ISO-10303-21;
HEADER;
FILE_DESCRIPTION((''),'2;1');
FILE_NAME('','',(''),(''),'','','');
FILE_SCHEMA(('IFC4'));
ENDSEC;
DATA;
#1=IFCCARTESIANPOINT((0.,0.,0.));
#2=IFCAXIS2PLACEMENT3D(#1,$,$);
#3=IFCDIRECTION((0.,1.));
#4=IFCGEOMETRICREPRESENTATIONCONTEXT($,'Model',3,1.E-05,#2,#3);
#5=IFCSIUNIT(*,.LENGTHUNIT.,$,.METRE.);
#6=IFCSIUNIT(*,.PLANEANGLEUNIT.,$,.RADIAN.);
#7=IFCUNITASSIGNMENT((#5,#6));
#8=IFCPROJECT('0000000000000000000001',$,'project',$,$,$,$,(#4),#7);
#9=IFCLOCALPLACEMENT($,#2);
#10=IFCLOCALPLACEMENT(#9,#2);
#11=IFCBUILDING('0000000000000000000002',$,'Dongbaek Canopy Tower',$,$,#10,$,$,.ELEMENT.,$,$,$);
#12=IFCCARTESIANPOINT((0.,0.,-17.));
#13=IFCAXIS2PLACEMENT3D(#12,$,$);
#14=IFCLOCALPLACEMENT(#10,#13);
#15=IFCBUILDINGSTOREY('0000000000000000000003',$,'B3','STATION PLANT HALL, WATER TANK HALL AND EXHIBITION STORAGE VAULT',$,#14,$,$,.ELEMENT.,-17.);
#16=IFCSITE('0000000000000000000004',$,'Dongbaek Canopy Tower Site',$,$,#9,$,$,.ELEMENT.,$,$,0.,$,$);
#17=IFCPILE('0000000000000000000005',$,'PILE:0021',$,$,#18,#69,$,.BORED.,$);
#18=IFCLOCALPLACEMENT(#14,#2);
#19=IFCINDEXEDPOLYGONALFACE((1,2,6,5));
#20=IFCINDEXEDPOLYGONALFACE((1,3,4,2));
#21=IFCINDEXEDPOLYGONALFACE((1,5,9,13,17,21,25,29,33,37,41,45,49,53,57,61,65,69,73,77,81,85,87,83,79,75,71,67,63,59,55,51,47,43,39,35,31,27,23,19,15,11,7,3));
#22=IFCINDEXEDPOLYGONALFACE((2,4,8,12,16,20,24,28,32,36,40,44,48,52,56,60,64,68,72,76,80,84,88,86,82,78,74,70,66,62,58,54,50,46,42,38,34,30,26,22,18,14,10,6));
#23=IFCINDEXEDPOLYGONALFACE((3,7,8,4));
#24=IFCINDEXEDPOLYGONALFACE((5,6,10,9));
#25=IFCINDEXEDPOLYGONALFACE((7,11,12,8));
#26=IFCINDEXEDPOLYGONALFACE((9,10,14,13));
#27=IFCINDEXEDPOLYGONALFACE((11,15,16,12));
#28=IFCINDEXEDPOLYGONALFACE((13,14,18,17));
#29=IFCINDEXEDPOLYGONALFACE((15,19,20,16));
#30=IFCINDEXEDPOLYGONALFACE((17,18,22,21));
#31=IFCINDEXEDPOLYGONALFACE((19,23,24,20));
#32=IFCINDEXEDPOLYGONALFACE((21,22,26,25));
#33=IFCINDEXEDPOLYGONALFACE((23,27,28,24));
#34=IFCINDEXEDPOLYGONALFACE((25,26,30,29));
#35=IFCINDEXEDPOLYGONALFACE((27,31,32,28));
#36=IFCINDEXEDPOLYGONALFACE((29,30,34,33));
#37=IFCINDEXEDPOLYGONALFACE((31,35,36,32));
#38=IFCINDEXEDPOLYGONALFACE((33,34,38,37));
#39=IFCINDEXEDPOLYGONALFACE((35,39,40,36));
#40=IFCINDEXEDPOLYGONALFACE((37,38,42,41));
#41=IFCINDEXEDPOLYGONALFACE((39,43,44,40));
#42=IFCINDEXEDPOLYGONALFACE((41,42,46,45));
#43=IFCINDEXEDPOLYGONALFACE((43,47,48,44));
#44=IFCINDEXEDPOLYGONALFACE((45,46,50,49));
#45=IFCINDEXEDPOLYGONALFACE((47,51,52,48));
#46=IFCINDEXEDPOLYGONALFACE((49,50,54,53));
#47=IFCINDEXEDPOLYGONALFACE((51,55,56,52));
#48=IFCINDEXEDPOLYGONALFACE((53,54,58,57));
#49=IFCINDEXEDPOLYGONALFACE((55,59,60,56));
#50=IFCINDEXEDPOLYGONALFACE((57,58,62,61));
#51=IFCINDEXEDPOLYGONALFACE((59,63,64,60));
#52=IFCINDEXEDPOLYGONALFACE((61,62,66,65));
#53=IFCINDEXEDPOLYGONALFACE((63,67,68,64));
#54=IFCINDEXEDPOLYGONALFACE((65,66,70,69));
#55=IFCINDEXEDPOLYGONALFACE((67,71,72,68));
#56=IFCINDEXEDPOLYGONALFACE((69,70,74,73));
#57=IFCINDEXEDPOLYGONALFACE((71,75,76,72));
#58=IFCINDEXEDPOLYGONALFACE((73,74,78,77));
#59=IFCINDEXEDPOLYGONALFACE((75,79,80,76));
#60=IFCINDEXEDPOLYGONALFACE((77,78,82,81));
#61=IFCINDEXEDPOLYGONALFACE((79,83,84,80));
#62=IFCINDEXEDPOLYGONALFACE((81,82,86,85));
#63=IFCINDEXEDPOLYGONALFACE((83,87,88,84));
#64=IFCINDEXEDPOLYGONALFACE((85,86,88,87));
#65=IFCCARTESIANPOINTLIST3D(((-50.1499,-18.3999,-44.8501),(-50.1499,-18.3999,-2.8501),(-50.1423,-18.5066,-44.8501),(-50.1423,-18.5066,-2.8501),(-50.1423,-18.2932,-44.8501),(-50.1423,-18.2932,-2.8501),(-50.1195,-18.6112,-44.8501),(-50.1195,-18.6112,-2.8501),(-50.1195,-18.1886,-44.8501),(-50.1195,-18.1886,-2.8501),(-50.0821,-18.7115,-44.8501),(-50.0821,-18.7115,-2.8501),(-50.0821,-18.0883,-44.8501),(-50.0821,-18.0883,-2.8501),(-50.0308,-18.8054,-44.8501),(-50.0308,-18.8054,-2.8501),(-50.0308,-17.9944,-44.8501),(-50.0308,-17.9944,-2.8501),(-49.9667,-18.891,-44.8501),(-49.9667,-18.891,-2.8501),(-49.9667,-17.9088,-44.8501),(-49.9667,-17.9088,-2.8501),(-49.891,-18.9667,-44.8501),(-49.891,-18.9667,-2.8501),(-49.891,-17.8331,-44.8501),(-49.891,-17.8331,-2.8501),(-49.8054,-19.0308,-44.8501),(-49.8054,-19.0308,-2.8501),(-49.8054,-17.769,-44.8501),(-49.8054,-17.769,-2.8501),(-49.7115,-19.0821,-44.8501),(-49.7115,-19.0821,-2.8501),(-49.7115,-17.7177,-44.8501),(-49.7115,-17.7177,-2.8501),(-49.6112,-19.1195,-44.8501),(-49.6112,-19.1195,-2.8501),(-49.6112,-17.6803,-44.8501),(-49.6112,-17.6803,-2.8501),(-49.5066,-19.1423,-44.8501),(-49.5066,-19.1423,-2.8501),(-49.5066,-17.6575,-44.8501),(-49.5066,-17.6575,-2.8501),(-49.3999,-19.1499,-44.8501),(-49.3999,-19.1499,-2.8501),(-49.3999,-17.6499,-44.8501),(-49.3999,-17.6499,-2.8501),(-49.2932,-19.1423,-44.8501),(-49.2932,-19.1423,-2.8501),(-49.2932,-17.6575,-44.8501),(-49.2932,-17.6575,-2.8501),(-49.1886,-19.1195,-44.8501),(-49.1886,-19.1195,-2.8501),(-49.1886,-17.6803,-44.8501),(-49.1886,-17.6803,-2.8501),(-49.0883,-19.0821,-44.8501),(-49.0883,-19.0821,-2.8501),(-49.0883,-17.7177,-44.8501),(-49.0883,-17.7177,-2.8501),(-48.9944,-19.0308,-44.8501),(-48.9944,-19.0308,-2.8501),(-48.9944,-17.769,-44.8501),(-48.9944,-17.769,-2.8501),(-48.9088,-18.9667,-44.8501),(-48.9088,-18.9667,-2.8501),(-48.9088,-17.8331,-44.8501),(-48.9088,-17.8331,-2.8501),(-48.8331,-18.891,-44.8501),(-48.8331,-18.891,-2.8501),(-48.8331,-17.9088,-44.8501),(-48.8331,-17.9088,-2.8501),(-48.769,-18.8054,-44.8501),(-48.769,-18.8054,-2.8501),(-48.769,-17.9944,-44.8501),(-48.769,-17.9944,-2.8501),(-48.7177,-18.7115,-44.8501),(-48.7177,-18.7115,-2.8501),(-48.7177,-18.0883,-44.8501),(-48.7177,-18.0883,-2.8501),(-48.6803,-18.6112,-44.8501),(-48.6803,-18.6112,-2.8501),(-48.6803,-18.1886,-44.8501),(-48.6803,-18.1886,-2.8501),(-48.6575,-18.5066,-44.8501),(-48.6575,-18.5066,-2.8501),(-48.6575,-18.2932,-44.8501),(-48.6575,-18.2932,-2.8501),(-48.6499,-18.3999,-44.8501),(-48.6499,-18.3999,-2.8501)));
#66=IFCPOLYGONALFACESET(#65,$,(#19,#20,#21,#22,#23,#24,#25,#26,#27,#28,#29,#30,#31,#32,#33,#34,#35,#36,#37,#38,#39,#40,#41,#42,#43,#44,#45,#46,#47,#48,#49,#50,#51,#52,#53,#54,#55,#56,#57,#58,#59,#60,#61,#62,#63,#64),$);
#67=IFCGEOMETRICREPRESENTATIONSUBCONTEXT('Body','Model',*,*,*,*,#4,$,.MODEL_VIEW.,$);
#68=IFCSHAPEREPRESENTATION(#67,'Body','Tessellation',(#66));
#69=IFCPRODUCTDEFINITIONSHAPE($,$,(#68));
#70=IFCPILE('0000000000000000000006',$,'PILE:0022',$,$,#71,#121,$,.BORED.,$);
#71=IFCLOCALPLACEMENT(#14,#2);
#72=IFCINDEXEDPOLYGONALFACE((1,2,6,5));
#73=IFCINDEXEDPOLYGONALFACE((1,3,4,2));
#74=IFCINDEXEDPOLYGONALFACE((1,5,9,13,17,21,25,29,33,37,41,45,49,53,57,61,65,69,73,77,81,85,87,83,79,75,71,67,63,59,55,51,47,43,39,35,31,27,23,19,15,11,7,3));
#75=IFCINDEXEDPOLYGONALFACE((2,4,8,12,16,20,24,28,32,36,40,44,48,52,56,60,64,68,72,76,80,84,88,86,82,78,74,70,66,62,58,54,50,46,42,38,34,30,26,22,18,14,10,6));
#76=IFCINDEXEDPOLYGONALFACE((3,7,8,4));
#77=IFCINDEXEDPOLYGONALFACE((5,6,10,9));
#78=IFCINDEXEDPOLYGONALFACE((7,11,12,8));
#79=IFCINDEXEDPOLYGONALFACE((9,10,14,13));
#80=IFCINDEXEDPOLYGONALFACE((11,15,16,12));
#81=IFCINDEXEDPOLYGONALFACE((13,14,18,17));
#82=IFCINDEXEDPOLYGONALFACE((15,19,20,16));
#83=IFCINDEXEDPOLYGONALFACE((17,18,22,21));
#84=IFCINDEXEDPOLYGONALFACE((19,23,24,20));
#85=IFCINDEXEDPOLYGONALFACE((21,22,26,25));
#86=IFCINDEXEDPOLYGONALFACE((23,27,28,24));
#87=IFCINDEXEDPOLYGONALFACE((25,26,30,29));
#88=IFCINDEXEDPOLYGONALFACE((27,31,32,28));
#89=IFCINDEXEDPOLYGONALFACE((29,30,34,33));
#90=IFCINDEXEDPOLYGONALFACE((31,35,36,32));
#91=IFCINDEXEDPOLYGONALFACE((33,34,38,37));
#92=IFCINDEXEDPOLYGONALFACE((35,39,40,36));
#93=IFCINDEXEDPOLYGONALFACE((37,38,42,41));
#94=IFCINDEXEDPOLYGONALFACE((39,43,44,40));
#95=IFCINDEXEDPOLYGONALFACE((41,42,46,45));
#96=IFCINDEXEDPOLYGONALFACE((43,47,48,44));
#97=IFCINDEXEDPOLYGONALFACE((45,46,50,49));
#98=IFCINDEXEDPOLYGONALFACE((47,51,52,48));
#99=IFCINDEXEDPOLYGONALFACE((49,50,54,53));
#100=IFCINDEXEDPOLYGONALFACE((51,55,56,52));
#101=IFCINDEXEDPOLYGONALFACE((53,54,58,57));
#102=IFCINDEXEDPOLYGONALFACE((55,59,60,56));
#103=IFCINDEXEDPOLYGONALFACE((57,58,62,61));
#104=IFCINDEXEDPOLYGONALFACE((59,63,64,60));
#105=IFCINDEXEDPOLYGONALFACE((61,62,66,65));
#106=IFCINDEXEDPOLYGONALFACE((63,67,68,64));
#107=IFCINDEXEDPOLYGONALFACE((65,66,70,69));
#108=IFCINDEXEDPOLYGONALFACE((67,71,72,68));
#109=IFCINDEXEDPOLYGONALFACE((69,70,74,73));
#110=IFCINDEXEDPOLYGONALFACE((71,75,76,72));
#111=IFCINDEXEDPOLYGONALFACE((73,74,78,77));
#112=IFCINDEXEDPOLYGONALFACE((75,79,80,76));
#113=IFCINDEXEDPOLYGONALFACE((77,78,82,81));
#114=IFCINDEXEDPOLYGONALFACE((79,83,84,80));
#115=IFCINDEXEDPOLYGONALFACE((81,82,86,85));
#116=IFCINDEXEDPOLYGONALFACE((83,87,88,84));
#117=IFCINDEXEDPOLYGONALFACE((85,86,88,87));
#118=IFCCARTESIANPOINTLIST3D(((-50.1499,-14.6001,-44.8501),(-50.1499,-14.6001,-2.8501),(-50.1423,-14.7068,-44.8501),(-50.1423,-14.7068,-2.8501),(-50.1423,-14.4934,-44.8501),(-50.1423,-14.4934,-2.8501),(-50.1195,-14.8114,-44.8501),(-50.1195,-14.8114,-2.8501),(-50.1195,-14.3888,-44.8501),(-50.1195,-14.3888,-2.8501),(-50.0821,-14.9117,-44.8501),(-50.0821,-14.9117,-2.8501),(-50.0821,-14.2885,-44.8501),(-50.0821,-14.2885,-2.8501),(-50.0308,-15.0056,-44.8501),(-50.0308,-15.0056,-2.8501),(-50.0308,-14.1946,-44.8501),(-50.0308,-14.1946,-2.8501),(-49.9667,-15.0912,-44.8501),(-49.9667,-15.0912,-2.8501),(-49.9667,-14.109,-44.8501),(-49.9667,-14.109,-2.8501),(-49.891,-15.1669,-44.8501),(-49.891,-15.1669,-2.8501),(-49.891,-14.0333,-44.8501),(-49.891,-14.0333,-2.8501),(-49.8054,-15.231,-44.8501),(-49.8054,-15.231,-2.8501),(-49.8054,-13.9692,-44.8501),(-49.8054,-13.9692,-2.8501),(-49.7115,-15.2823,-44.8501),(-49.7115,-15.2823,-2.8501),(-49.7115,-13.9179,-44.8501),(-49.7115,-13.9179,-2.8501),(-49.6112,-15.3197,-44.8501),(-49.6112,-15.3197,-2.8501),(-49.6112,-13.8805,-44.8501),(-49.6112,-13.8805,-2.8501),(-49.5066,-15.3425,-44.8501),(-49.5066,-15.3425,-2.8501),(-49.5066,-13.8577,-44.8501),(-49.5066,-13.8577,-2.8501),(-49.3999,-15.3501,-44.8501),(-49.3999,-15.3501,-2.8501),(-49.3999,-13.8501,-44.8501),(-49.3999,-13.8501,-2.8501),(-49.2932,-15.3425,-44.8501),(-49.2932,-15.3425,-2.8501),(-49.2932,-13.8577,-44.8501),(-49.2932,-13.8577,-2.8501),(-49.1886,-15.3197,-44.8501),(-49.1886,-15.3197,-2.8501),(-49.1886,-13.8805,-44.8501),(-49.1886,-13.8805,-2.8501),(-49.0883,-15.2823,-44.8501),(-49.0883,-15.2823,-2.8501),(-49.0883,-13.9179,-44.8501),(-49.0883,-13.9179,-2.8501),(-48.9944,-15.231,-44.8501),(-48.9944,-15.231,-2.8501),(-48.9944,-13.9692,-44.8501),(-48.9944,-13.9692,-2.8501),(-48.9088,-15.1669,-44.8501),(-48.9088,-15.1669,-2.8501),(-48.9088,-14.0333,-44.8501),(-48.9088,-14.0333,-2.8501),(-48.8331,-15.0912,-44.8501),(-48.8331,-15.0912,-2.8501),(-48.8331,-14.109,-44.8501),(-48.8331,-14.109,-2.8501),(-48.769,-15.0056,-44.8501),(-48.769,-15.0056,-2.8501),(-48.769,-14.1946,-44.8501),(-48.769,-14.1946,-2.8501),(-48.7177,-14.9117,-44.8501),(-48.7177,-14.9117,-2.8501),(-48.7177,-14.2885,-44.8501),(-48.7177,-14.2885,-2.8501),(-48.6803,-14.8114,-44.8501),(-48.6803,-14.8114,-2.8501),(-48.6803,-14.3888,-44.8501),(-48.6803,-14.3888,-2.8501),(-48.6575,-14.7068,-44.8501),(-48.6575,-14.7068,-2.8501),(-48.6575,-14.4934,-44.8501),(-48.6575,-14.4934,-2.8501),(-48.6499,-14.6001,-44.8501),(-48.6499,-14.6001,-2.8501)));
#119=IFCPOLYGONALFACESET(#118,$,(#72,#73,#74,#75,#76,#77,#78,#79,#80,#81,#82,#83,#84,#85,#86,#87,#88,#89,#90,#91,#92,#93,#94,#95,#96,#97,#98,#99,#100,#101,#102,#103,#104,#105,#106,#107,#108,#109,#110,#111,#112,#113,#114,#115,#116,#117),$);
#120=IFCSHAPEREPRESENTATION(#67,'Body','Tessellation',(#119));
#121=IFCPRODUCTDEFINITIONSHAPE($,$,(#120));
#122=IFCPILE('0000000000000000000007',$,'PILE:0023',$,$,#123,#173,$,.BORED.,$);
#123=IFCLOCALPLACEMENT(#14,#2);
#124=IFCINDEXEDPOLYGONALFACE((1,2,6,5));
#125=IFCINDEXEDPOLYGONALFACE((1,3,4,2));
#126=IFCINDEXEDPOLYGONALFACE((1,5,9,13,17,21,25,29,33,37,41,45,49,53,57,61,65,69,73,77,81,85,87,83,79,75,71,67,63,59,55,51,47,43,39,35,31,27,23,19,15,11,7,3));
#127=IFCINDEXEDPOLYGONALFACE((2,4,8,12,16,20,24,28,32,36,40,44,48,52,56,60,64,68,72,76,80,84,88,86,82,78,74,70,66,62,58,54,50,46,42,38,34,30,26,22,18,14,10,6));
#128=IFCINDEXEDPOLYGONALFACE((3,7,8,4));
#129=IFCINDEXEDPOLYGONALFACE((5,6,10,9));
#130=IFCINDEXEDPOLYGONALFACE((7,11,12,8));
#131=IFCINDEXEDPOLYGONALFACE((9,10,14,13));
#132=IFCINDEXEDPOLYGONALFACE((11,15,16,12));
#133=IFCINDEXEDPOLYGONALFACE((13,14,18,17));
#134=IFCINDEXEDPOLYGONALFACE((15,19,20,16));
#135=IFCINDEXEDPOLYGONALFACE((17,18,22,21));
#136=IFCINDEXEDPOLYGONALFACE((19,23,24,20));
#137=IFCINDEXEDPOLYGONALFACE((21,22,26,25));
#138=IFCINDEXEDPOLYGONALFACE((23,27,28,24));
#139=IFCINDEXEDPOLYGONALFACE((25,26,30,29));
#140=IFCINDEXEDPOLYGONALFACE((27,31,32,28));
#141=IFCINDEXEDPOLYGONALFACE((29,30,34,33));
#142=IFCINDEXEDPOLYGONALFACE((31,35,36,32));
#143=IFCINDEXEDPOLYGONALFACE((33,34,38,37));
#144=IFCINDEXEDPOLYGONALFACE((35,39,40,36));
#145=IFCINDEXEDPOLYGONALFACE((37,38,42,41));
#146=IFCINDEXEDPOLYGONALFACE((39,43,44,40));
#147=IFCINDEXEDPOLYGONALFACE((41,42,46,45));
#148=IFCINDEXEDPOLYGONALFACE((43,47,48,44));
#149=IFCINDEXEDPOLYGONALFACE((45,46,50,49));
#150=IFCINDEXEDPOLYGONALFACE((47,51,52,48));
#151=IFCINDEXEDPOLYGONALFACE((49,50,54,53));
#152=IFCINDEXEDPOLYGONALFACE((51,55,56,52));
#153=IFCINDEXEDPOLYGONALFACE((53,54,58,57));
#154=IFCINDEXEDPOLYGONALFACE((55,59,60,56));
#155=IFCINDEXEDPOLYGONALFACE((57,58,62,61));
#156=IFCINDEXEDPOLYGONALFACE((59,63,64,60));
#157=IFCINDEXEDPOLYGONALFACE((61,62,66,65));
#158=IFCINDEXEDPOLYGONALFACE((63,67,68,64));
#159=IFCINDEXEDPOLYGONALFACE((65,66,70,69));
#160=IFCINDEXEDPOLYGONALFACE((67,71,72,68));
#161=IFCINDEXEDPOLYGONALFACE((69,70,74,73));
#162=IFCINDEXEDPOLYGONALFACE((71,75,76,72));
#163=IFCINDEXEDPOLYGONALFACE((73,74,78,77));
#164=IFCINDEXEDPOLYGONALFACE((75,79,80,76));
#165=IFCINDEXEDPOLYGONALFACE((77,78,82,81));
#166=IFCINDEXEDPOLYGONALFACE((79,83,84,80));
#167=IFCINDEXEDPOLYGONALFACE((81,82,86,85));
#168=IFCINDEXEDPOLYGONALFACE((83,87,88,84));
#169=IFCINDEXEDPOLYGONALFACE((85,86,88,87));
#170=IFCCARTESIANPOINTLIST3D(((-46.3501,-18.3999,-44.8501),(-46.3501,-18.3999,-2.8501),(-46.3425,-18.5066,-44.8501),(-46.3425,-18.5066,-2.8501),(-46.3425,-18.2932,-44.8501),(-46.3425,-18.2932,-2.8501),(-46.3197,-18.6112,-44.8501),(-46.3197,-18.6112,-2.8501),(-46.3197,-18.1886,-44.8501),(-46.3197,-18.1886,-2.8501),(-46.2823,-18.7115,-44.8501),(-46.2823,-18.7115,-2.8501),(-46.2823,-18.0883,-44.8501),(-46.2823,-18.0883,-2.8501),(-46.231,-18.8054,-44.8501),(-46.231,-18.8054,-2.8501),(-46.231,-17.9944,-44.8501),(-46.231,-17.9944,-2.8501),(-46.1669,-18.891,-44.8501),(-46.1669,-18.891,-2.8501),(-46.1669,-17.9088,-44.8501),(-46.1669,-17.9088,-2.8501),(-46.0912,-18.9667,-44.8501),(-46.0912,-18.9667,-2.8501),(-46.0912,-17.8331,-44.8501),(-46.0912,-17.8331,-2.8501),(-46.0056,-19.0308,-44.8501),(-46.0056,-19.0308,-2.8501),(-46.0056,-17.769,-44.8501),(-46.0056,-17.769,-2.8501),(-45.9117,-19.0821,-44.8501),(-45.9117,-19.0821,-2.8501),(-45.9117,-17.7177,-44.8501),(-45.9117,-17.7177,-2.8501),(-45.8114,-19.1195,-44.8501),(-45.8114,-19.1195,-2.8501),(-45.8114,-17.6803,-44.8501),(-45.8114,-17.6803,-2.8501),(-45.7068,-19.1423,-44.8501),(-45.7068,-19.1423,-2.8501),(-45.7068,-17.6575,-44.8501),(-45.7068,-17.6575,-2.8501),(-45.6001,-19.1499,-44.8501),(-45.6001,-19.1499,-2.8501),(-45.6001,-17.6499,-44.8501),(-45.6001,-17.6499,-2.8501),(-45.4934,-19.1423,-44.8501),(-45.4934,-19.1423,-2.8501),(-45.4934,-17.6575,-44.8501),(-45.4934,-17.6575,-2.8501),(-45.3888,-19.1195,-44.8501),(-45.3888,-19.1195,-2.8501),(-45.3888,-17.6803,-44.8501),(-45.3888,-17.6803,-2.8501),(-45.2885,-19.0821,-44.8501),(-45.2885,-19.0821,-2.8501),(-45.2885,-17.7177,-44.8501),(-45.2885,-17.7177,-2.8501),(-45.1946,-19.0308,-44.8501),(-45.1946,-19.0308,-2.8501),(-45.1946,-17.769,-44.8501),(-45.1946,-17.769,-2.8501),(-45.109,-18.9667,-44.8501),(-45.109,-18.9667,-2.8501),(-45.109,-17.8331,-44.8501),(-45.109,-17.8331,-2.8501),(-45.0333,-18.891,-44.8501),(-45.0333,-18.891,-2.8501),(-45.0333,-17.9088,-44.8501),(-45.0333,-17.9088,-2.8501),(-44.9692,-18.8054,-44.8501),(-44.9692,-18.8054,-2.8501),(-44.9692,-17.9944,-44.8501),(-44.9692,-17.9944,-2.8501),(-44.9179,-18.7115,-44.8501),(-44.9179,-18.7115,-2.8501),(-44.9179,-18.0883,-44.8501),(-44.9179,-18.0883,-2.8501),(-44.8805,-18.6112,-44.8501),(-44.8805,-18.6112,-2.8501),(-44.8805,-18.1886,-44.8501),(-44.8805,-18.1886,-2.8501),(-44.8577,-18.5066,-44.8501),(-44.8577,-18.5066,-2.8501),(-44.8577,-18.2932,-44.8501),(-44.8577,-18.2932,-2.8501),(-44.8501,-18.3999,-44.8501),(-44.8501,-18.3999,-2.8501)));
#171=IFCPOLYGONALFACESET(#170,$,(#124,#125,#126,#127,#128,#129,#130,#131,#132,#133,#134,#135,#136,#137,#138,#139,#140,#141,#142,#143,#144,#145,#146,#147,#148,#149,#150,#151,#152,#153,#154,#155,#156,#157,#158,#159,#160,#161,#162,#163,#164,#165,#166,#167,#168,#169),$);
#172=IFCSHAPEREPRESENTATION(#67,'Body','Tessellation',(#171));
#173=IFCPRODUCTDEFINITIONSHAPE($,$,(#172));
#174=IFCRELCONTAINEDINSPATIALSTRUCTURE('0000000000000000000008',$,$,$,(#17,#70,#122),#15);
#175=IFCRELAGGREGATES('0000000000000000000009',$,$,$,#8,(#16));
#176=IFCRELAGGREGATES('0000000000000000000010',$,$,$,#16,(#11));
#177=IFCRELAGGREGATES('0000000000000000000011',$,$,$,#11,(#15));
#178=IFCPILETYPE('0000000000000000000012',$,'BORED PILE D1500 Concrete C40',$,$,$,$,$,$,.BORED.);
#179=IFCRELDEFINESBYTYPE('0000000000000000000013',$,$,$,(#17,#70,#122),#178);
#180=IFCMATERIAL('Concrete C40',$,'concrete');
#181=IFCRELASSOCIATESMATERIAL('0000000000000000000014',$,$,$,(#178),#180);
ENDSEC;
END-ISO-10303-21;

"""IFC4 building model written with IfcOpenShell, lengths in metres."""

from ifc_helpers import new_model, si_unit, direction, frame, origin, origin_2d, place, context, subcontext, project, spatial, circle, extrude, material, material_profile, profile_set, type_object, element, save


model = new_model("IFC4")

# Units and contexts
model_context = context("Model", 3, precision=1e-05, world=origin(), true_north=direction((0.0, 1.0)))
body_context = subcontext(model_context, "Body", "Model", "MODEL_VIEW")
ifc_project = project(units=[si_unit("LENGTHUNIT", "METRE"), si_unit("PLANEANGLEUNIT", "RADIAN")], contexts=[model_context])

# Site, building, storey
site_placement = place(None, origin())
site = spatial("IfcSite", under=ifc_project, at=site_placement, Name="Dongbaek Canopy Tower Site", CompositionType="ELEMENT", RefElevation=0.0)
building_placement = place(site_placement, origin())
building = spatial("IfcBuilding", under=site, at=building_placement, Name="Dongbaek Canopy Tower", CompositionType="ELEMENT")
storey_placement = place(building_placement, frame((0.0, 0.0, -17.0)))
storey = spatial("IfcBuildingStorey", under=building, at=storey_placement, Name="B3", Description="STATION PLANT HALL, WATER TANK HALL AND EXHIBITION STORAGE VAULT", CompositionType="ELEMENT", Elevation=-17.0)

# Piles
ifc_material_1 = material(Name="Concrete C40", Category="concrete")
ifc_material_profile_1 = material_profile(ifc_material_1, circle(Radius=0.75, at=origin_2d()), Name="BORED PILE D1500 Concrete C40")
ifc_profile_set_1 = profile_set([ifc_material_profile_1], Name="Concrete C40")
pile_type = type_object("IfcPileType", Name="BORED PILE D1500 Concrete C40", PredefinedType="BORED", material=ifc_profile_set_1)
for number, where, z_axis, x_axis, name in (
    (1, (-49.3999, -18.3999, -2.8501), (0.0, 0.0, -1.0), (1.0, 0.0, 0.0), "PILE:0021"),
    (2, (-49.3999, -14.6001, -2.8501), (0.0, 0.0, -1.0), (1.0, 0.0, 0.0), "PILE:0022"),
    (3, (-45.6001, -18.3999, -2.8501), (0.0, 0.0, -1.0), (1.0, 0.0, 0.0), "PILE:0023"),
):
    element("IfcPile", number, at=place(storey_placement, frame(where, z_axis=z_axis, x_axis=x_axis)), inside=storey, type_object=pile_type, Name=name, PredefinedType="BORED", context=body_context, shape_type="SweptSolid", body=[
        extrude(circle(Radius=0.75, at=origin_2d()), origin(), (0.0, 0.0, 1.0), 42.0),
    ])

save(model, "model.ifc")
